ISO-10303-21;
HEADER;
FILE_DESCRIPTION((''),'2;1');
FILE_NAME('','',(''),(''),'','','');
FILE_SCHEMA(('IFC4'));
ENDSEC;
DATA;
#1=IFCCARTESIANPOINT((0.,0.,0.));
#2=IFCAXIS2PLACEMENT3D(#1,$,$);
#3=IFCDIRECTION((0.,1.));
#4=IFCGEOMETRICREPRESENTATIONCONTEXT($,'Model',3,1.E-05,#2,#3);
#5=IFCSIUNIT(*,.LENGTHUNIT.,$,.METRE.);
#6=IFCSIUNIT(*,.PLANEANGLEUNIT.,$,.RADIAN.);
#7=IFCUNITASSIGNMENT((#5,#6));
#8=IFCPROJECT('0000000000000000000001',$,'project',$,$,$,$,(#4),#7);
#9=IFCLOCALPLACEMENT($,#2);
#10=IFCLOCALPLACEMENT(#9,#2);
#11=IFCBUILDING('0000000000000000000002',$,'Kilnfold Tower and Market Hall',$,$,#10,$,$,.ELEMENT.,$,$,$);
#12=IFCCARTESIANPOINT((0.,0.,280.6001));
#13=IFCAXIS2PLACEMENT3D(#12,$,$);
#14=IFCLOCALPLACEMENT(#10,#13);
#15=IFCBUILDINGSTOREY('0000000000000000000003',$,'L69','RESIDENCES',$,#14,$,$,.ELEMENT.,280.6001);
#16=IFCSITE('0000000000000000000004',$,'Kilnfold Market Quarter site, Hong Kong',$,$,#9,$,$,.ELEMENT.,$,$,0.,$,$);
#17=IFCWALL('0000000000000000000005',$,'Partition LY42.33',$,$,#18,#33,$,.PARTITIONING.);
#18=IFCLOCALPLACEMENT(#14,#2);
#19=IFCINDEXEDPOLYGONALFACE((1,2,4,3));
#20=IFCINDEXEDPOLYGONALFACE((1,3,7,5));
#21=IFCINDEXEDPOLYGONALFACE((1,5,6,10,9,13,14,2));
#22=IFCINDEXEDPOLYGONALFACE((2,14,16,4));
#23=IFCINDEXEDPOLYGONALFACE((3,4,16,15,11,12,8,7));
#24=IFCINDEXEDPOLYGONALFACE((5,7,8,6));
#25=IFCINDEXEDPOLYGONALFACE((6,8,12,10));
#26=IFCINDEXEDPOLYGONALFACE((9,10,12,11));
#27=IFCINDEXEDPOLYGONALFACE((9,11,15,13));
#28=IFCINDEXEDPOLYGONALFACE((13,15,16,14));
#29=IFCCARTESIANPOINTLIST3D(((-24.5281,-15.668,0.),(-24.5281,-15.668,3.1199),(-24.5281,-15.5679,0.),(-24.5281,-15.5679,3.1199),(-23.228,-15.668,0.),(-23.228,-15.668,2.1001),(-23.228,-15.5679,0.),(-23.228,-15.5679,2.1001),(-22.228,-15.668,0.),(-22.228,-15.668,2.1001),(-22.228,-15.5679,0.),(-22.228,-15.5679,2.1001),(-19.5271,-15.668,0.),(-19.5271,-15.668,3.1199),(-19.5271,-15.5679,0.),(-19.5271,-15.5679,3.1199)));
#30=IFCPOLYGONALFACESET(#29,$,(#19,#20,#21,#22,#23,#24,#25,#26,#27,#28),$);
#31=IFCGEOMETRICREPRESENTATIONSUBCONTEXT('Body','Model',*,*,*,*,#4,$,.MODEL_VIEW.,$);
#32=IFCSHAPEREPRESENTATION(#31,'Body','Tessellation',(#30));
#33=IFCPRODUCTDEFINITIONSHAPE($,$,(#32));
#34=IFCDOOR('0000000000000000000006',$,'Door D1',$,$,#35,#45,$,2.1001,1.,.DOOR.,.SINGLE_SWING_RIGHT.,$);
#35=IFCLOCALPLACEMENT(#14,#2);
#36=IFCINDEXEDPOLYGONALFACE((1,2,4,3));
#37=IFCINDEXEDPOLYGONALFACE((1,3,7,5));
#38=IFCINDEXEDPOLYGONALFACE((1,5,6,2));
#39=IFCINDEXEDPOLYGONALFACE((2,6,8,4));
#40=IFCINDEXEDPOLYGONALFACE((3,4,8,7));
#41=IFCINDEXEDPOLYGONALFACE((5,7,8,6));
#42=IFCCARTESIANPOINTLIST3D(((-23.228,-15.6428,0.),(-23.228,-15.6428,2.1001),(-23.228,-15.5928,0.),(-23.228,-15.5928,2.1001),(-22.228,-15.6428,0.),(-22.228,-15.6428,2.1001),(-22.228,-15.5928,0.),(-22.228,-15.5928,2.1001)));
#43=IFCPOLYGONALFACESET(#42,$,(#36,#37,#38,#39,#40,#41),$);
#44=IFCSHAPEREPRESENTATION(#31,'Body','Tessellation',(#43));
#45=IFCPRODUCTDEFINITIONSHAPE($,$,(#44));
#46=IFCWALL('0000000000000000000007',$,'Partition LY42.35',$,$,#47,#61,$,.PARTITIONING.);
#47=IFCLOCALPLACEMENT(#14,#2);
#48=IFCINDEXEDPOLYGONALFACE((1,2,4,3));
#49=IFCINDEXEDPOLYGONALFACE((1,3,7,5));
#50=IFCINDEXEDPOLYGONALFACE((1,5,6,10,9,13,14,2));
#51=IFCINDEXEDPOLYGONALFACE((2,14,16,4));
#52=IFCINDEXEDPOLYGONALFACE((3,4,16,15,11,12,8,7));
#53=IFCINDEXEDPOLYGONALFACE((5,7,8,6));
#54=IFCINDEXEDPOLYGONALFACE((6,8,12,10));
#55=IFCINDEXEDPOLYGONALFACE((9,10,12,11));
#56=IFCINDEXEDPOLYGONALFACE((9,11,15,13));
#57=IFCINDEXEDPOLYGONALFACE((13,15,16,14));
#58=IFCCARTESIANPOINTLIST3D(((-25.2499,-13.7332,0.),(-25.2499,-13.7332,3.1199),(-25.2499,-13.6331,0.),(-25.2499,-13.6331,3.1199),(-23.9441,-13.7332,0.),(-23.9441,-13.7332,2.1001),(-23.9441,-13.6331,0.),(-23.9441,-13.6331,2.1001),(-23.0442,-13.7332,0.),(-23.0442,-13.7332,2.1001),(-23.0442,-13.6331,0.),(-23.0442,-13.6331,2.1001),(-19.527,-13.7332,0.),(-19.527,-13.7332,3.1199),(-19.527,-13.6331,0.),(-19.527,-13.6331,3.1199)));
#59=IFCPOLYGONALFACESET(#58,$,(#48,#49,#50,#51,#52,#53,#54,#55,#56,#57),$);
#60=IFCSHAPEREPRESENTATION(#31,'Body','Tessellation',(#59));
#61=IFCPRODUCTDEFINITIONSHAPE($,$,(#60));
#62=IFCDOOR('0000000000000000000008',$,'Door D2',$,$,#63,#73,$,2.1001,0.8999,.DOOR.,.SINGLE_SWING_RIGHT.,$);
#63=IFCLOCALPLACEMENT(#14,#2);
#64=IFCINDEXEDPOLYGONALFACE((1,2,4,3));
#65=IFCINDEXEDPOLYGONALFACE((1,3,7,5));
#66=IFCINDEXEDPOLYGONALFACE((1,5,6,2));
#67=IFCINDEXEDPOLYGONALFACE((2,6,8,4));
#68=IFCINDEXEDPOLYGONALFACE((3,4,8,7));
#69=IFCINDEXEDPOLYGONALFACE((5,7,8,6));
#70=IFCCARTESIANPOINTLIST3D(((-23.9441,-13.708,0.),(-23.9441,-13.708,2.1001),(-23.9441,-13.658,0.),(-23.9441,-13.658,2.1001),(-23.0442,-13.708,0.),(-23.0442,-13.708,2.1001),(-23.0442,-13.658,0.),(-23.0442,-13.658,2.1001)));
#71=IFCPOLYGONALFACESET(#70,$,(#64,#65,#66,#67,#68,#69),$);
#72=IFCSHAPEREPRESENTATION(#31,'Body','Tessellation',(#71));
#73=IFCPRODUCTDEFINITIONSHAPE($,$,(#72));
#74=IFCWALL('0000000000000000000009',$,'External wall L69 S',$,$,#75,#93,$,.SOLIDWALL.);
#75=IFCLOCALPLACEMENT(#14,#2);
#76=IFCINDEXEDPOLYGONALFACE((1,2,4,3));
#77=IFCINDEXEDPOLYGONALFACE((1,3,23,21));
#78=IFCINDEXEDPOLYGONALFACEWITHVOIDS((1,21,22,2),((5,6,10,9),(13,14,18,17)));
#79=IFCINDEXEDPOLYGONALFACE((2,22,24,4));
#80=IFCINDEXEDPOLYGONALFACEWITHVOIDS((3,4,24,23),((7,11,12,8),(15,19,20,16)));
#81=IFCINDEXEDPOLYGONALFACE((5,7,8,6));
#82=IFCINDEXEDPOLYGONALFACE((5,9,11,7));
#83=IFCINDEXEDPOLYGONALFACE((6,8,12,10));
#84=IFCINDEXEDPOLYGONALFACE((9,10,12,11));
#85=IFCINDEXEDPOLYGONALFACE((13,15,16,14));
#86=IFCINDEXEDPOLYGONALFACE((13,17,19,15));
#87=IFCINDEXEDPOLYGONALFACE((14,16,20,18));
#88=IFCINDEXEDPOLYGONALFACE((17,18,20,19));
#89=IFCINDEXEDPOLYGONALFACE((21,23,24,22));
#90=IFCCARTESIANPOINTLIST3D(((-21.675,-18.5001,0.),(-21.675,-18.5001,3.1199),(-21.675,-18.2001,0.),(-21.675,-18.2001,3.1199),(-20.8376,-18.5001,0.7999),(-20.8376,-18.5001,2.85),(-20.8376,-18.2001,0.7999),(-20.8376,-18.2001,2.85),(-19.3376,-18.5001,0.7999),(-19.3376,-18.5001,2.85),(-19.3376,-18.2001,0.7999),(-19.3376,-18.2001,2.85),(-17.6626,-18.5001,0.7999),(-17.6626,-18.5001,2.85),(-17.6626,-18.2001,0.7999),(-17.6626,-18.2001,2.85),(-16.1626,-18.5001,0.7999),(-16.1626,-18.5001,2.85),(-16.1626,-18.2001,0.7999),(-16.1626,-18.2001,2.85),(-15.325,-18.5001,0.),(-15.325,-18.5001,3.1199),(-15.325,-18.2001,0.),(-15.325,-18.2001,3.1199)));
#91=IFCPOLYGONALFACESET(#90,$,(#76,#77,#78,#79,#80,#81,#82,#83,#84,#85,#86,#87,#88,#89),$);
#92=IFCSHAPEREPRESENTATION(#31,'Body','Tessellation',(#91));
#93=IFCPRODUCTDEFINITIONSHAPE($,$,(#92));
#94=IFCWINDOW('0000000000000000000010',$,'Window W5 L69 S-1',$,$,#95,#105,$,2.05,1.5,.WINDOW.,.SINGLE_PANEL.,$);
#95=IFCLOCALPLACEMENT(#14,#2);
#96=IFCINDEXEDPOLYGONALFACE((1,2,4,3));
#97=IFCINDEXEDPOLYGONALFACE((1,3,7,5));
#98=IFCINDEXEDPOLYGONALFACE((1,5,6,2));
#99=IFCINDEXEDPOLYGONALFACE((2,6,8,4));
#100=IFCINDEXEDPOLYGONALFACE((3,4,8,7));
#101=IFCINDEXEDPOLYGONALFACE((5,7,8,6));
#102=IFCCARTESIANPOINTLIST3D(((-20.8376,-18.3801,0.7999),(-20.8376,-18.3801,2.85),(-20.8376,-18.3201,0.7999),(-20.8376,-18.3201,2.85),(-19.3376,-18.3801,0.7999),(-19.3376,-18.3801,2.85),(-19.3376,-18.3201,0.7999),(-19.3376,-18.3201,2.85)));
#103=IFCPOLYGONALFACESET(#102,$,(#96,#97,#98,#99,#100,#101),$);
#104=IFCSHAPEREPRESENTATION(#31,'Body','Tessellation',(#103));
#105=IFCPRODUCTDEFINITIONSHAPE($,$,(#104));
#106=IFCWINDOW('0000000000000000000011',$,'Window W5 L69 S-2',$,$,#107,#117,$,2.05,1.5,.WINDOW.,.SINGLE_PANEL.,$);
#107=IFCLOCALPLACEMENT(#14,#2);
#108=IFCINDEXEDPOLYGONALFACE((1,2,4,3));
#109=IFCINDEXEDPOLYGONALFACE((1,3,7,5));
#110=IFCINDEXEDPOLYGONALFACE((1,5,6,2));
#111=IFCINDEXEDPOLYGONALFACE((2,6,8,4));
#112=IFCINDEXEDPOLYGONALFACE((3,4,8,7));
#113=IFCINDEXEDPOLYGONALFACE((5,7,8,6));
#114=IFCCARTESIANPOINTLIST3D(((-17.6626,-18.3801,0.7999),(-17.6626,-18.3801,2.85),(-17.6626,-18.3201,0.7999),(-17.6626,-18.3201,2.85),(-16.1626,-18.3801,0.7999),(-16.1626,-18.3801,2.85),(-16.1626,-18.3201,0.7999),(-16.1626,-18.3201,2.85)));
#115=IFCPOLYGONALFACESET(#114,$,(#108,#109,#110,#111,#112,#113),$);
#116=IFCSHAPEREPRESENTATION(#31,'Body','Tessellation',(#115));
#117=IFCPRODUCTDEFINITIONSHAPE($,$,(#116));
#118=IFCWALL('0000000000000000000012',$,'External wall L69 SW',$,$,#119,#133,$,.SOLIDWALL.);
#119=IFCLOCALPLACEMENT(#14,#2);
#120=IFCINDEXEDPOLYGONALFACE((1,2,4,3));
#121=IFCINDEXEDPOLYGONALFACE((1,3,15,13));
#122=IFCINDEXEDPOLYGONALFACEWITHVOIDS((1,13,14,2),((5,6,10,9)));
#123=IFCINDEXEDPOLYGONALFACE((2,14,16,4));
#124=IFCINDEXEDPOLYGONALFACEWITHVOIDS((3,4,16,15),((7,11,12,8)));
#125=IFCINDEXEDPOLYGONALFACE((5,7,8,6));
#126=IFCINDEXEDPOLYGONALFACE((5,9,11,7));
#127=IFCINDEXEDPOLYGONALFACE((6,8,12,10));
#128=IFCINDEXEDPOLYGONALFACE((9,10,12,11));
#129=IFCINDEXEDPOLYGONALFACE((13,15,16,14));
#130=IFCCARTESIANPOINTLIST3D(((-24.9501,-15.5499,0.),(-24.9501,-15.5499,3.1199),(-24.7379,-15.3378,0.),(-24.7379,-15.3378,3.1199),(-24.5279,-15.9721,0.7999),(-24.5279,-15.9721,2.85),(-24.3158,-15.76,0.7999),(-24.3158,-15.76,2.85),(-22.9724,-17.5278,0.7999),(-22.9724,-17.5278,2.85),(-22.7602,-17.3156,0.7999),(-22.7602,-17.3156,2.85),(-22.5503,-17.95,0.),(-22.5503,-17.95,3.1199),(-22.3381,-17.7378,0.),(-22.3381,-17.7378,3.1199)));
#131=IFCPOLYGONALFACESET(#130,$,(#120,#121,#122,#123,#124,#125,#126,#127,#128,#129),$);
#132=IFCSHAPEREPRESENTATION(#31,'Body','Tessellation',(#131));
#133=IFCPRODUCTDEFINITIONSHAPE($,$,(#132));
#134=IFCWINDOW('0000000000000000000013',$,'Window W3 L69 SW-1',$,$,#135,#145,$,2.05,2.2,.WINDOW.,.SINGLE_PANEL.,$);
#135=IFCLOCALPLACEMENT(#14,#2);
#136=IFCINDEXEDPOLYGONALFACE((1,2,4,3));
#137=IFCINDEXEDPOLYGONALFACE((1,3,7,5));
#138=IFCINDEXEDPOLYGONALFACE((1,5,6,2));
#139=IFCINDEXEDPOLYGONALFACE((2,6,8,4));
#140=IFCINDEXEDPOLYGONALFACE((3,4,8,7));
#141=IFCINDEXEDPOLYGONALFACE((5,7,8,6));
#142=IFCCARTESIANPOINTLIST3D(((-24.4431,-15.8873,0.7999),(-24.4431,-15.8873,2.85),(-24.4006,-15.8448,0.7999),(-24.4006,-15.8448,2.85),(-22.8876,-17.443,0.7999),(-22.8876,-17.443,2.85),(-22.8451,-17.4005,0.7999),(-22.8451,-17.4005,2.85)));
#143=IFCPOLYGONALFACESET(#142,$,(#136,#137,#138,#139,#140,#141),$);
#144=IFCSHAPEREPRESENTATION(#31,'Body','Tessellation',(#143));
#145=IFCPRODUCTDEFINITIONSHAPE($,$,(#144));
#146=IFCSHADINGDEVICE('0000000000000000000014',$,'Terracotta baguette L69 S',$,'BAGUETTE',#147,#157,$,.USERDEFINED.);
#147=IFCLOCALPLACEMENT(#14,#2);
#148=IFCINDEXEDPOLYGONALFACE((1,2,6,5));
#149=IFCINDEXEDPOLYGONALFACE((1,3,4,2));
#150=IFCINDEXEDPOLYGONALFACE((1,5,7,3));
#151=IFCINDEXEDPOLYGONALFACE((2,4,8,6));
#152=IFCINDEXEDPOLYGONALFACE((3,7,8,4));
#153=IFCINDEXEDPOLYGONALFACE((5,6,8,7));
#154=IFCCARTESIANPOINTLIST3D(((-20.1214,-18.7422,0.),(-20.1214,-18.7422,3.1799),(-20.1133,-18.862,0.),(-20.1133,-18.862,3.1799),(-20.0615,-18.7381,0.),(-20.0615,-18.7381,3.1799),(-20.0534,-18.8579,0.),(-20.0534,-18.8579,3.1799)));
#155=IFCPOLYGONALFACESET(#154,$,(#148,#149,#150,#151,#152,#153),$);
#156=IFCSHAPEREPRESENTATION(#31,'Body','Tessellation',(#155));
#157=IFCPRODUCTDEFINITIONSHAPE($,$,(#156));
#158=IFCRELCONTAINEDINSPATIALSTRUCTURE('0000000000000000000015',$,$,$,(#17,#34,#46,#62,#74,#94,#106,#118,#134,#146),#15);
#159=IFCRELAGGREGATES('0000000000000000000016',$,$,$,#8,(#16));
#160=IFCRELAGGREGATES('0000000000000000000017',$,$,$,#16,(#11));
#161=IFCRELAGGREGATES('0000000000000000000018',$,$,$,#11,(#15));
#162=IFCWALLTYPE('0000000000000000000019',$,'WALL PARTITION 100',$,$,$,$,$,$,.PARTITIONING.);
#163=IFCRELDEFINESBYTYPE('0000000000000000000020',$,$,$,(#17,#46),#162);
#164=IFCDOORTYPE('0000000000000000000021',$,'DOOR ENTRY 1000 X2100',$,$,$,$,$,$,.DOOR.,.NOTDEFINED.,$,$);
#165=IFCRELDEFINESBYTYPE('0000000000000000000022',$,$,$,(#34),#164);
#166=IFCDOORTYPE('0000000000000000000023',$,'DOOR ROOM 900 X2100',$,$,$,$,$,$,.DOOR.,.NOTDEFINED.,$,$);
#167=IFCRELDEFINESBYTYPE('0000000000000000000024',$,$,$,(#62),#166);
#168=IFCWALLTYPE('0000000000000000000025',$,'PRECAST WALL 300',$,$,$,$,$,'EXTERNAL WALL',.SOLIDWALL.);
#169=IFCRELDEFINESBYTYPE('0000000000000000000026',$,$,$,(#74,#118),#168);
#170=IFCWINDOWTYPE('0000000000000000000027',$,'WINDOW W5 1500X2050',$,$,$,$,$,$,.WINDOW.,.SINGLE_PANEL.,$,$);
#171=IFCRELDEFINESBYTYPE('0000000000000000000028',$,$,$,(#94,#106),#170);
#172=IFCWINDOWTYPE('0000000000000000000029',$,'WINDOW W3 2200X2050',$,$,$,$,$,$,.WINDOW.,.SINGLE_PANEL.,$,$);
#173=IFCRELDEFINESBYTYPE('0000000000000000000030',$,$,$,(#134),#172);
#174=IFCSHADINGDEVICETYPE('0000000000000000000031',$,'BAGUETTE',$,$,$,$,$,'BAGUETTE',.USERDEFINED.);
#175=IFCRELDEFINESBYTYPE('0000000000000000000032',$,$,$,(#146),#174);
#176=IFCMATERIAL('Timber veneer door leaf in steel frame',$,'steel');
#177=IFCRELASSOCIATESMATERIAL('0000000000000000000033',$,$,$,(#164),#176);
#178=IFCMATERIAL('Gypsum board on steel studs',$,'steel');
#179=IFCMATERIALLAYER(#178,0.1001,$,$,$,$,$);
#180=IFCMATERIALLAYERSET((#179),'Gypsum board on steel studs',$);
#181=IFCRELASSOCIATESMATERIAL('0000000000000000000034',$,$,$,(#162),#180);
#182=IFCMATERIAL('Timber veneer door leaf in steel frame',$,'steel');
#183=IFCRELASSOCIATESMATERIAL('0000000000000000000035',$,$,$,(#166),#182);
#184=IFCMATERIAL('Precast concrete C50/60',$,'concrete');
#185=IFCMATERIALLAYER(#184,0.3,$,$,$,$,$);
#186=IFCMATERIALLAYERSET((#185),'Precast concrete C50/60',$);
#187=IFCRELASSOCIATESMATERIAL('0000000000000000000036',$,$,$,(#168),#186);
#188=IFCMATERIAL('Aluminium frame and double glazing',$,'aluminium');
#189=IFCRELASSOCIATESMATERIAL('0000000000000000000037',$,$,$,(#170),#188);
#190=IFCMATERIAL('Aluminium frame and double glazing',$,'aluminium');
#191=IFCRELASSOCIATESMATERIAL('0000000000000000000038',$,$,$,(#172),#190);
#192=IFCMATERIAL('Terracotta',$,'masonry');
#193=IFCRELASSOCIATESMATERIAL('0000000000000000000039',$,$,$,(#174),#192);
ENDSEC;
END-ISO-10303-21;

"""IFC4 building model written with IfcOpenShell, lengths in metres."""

from ifc_helpers import new_model, si_unit, direction, frame, frame_2d, origin, origin_2d, place, context, subcontext, project, spatial, rectangle, extrude, source, transform, mapped, material, layer, layer_set, material_profile, profile_set, type_object, element, fill, save


model = new_model("IFC4")

# Units and contexts
model_context = context("Model", 3, precision=1e-05, world=origin(), true_north=direction((0.0, 1.0)))
body_context = subcontext(model_context, "Body", "Model", "MODEL_VIEW")
ifc_project = project(units=[si_unit("LENGTHUNIT", "METRE"), si_unit("PLANEANGLEUNIT", "RADIAN")], contexts=[model_context])

# Site, building, storey
site_placement = place(None, origin())
site = spatial("IfcSite", under=ifc_project, at=site_placement, Name="Kilnfold Market Quarter site, Hong Kong", CompositionType="ELEMENT", RefElevation=0.0)
building_placement = place(site_placement, origin())
building = spatial("IfcBuilding", under=site, at=building_placement, Name="Kilnfold Tower and Market Hall", CompositionType="ELEMENT")
storey_placement = place(building_placement, frame((0.0, 0.0, 280.6001)))
storey = spatial("IfcBuildingStorey", under=building, at=storey_placement, Name="L69", Description="RESIDENCES", CompositionType="ELEMENT", Elevation=280.6001)

# Shared definitions
ifc_material_1 = material(Name="Timber veneer door leaf in steel frame", Category="steel")
door_type_1 = type_object("IfcDoorType", Name="DOOR ENTRY 1000 X2100", OperationType="NOTDEFINED", PredefinedType="DOOR", material=ifc_material_1)

# Walls, openings, doors
ifc_material_2 = material(Name="Gypsum board on steel studs", Category="steel")
ifc_layer_1 = layer(ifc_material_2, 0.1001)
ifc_layer_set_1 = layer_set([ifc_layer_1], Name="Gypsum board on steel studs")
wall_type_1 = type_object("IfcWallType", Name="WALL PARTITION 100", PredefinedType="PARTITIONING", material=ifc_layer_set_1)
wall_1_placement = place(storey_placement, frame((-19.5271, -15.6179, 0.0), z_axis=(0.0, 0.0, 1.0), x_axis=(-1.0, 0.0, 0.0)))
wall_1 = element("IfcWall", 1, at=wall_1_placement, inside=storey, type_object=wall_type_1, Name="Partition LY42.33", PredefinedType="PARTITIONING", context=body_context, shape_type="SweptSolid", body=[
    extrude(rectangle(XDim=5.001, YDim=0.1001, at=frame_2d((2.5005, 0.0))), origin(), (0.0, 0.0, 1.0), 3.1199),
])
opening_1_placement = place(wall_1_placement, frame((2.7009, 0.0, 0.0)))
opening_1 = element("IfcOpeningElement", 2, at=opening_1_placement, cuts=wall_1, PredefinedType="OPENING", context=body_context, shape_type="SweptSolid", body=[
    extrude(rectangle(XDim=1.0, YDim=2.1001, at=frame_2d((0.5, 1.05))), frame((0.0, 0.0601, 0.0), z_axis=(0.0, -1.0, 0.0), x_axis=(1.0, 0.0, 0.0)), (0.0, 0.0, 1.0), 0.1201),
])
door_1_placement = place(opening_1_placement, origin())
door_1 = element("IfcDoor", 3, at=door_1_placement, inside=storey, type_object=door_type_1, Name="Door D1", OperationType="SINGLE_SWING_RIGHT", OverallHeight=2.1001, OverallWidth=1.0, PredefinedType="DOOR", context=body_context, shape_type="SweptSolid", body=[
    extrude(rectangle(XDim=1.0, YDim=2.1001, at=frame_2d((0.5, 1.05))), frame((0.0, 0.0249, 0.0), z_axis=(0.0, -1.0, 0.0), x_axis=(1.0, 0.0, 0.0)), (0.0, 0.0, 1.0), 0.05),
])
fill(opening_1, door_1)
wall_2_placement = place(storey_placement, frame((-19.5271, -13.6831, 0.0), z_axis=(0.0, 0.0, 1.0), x_axis=(-1.0, 0.0, 0.0)))
wall_2 = element("IfcWall", 4, at=wall_2_placement, inside=storey, type_object=wall_type_1, Name="Partition LY42.35", PredefinedType="PARTITIONING", context=body_context, shape_type="SweptSolid", body=[
    extrude(rectangle(XDim=5.7229, YDim=0.1001, at=frame_2d((2.8613, 0.0))), origin(), (0.0, 0.0, 1.0), 3.1199),
])
opening_2_placement = place(wall_2_placement, frame((3.5171, 0.0, 0.0)))
opening_2 = element("IfcOpeningElement", 5, at=opening_2_placement, cuts=wall_2, PredefinedType="OPENING", context=body_context, shape_type="SweptSolid", body=[
    extrude(rectangle(XDim=0.8999, YDim=2.1001, at=frame_2d((0.45, 1.05))), frame((0.0, 0.0601, 0.0), z_axis=(0.0, -1.0, 0.0), x_axis=(1.0, 0.0, 0.0)), (0.0, 0.0, 1.0), 0.1201),
])
ifc_material_3 = material(Name="Timber veneer door leaf in steel frame", Category="steel")
door_type_2 = type_object("IfcDoorType", Name="DOOR ROOM 900 X2100", OperationType="NOTDEFINED", PredefinedType="DOOR", material=ifc_material_3)
door_2_placement = place(opening_2_placement, origin())
door_2 = element("IfcDoor", 6, at=door_2_placement, inside=storey, type_object=door_type_2, Name="Door D2", OperationType="SINGLE_SWING_RIGHT", OverallHeight=2.1001, OverallWidth=0.8999, PredefinedType="DOOR", context=body_context, shape_type="SweptSolid", body=[
    extrude(rectangle(XDim=0.8999, YDim=2.1001, at=frame_2d((0.45, 1.05))), frame((0.0, 0.0249, 0.0), z_axis=(0.0, -1.0, 0.0), x_axis=(1.0, 0.0, 0.0)), (0.0, 0.0, 1.0), 0.05),
])
fill(opening_2, door_2)

# Wall, openings, windows
ifc_material_4 = material(Name="Precast concrete C50/60", Category="concrete")
ifc_layer_2 = layer(ifc_material_4, 0.3)
ifc_layer_set_2 = layer_set([ifc_layer_2], Name="Precast concrete C50/60")
wall_type_2 = type_object("IfcWallType", Name="PRECAST WALL 300", ElementType="EXTERNAL WALL", PredefinedType="SOLIDWALL", material=ifc_layer_set_2)
shared_shape_1 = source(origin(), body_context, "Body", "SweptSolid", [
    extrude(rectangle(XDim=6.3501, YDim=0.3, at=frame_2d((3.175, 0.0))), origin(), (0.0, 0.0, 1.0), 3.1199),
])
wall_3_placement = place(storey_placement, frame((-21.675, -18.3501, 0.0), z_axis=(0.0, 0.0, 1.0), x_axis=(1.0, 0.0, 0.0)))
wall_3 = element("IfcWall", 7, at=wall_3_placement, inside=storey, type_object=wall_type_2, Name="External wall L69 S", PredefinedType="SOLIDWALL", context=body_context, shape_type="MappedRepresentation", body=[
    mapped(shared_shape_1, transform((0.0, 0.0, 0.0))),
])
opening_3_placement = place(wall_3_placement, frame((0.8374, 0.0, 0.8)))
opening_3 = element("IfcOpeningElement", 8, at=opening_3_placement, cuts=wall_3, PredefinedType="OPENING", context=body_context, shape_type="SweptSolid", body=[
    extrude(rectangle(XDim=1.5, YDim=2.05, at=frame_2d((0.75, 1.0249))), frame((0.0, 0.1602, 0.0), z_axis=(0.0, -1.0, 0.0), x_axis=(1.0, 0.0, 0.0)), (0.0, 0.0, 1.0), 0.3201),
])
opening_4_placement = place(wall_3_placement, frame((4.0125, 0.0, 0.8)))
opening_4 = element("IfcOpeningElement", 9, at=opening_4_placement, cuts=wall_3, PredefinedType="OPENING", context=body_context, shape_type="SweptSolid", body=[
    extrude(rectangle(XDim=1.5, YDim=2.05, at=frame_2d((0.75, 1.0249))), frame((0.0, 0.1602, 0.0), z_axis=(0.0, -1.0, 0.0), x_axis=(1.0, 0.0, 0.0)), (0.0, 0.0, 1.0), 0.3201),
])
ifc_material_5 = material(Name="Aluminium frame and double glazing", Category="aluminium")
window_type_1 = type_object("IfcWindowType", Name="WINDOW W5 1500X2050", PartitioningType="SINGLE_PANEL", PredefinedType="WINDOW", material=ifc_material_5)
window_1_placement = place(opening_3_placement, origin())
window_1 = element("IfcWindow", 10, at=window_1_placement, inside=storey, type_object=window_type_1, Name="Window W5 L69 S-1", OverallHeight=2.05, OverallWidth=1.5, PartitioningType="SINGLE_PANEL", PredefinedType="WINDOW", context=body_context, shape_type="SweptSolid", body=[
    extrude(rectangle(XDim=1.5, YDim=2.05, at=frame_2d((0.75, 1.0249))), frame((0.0, 0.03, 0.0), z_axis=(0.0, -1.0, 0.0), x_axis=(1.0, 0.0, 0.0)), (0.0, 0.0, 1.0), 0.0601),
])
fill(opening_3, window_1)
window_2_placement = place(opening_4_placement, origin())
window_2 = element("IfcWindow", 11, at=window_2_placement, inside=storey, type_object=window_type_1, Name="Window W5 L69 S-2", OverallHeight=2.05, OverallWidth=1.5, PartitioningType="SINGLE_PANEL", PredefinedType="WINDOW", context=body_context, shape_type="SweptSolid", body=[
    extrude(rectangle(XDim=1.5, YDim=2.05, at=frame_2d((0.75, 1.0249))), frame((0.0, 0.03, 0.0), z_axis=(0.0, -1.0, 0.0), x_axis=(1.0, 0.0, 0.0)), (0.0, 0.0, 1.0), 0.0601),
])
fill(opening_4, window_2)

# Wall, opening, window
shared_shape_2 = source(origin(), body_context, "Body", "SweptSolid", [
    extrude(rectangle(XDim=3.394, YDim=0.3, at=frame_2d((1.697, 0.0))), origin(), (0.0, 0.0, 1.0), 3.1199),
])
wall_4_placement = place(storey_placement, frame((-24.844, -15.4438, 0.0), z_axis=(0.0, 0.0, 1.0), x_axis=(0.707071, -0.707143, 0.0)))
wall_4 = element("IfcWall", 12, at=wall_4_placement, inside=storey, type_object=wall_type_2, Name="External wall L69 SW", PredefinedType="SOLIDWALL", context=body_context, shape_type="MappedRepresentation", body=[
    mapped(shared_shape_2, transform((0.0, 0.0, 0.0))),
])
opening_5_placement = place(wall_4_placement, frame((0.5969, 0.0, 0.8)))
opening_5 = element("IfcOpeningElement", 13, at=opening_5_placement, cuts=wall_4, PredefinedType="OPENING", context=body_context, shape_type="SweptSolid", body=[
    extrude(rectangle(XDim=2.2, YDim=2.05, at=frame_2d((1.1001, 1.0249))), frame((0.0, 0.1602, 0.0), z_axis=(0.0, -1.0, 0.0), x_axis=(1.0, 0.0, 0.0)), (0.0, 0.0, 1.0), 0.3201),
])
ifc_material_6 = material(Name="Aluminium frame and double glazing", Category="aluminium")
window_type_2 = type_object("IfcWindowType", Name="WINDOW W3 2200X2050", PartitioningType="SINGLE_PANEL", PredefinedType="WINDOW", material=ifc_material_6)
window_3_placement = place(opening_5_placement, origin())
window_3 = element("IfcWindow", 14, at=window_3_placement, inside=storey, type_object=window_type_2, Name="Window W3 L69 SW-1", OverallHeight=2.05, OverallWidth=2.2, PartitioningType="SINGLE_PANEL", PredefinedType="WINDOW", context=body_context, shape_type="SweptSolid", body=[
    extrude(rectangle(XDim=2.2, YDim=2.05, at=frame_2d((1.1001, 1.0249))), frame((0.0, 0.03, 0.0), z_axis=(0.0, -1.0, 0.0), x_axis=(1.0, 0.0, 0.0)), (0.0, 0.0, 1.0), 0.0601),
])
fill(opening_5, window_3)

# Shading device
ifc_material_7 = material(Name="Terracotta", Category="masonry")
ifc_material_profile_1 = material_profile(ifc_material_7, rectangle(XDim=0.0601, YDim=0.1201, at=origin_2d()), Name="BAG 60x120")
ifc_profile_set_1 = profile_set([ifc_material_profile_1], Name="Terracotta")
shading_device_type = type_object("IfcShadingDeviceType", Name="BAGUETTE", ElementType="BAGUETTE", PredefinedType="USERDEFINED", material=ifc_profile_set_1)
shared_shape_3 = source(origin(), body_context, "Body", "SweptSolid", [
    extrude(rectangle(XDim=0.0601, YDim=0.1201, at=origin_2d()), origin(), (0.0, 0.0, 1.0), 3.1799),
])
shading_device_placement = place(storey_placement, frame((-20.0874, -18.8, 0.0), z_axis=(0.0, 0.0, 1.0), x_axis=(0.997718, 0.067516, 0.0)))
element("IfcShadingDevice", 15, at=shading_device_placement, inside=storey, type_object=shading_device_type, Name="Terracotta baguette L69 S", ObjectType="BAGUETTE", PredefinedType="USERDEFINED", context=body_context, shape_type="MappedRepresentation", body=[
    mapped(shared_shape_3, transform((0.0, 0.0, 0.0))),
])

save(model, "model.ifc")
